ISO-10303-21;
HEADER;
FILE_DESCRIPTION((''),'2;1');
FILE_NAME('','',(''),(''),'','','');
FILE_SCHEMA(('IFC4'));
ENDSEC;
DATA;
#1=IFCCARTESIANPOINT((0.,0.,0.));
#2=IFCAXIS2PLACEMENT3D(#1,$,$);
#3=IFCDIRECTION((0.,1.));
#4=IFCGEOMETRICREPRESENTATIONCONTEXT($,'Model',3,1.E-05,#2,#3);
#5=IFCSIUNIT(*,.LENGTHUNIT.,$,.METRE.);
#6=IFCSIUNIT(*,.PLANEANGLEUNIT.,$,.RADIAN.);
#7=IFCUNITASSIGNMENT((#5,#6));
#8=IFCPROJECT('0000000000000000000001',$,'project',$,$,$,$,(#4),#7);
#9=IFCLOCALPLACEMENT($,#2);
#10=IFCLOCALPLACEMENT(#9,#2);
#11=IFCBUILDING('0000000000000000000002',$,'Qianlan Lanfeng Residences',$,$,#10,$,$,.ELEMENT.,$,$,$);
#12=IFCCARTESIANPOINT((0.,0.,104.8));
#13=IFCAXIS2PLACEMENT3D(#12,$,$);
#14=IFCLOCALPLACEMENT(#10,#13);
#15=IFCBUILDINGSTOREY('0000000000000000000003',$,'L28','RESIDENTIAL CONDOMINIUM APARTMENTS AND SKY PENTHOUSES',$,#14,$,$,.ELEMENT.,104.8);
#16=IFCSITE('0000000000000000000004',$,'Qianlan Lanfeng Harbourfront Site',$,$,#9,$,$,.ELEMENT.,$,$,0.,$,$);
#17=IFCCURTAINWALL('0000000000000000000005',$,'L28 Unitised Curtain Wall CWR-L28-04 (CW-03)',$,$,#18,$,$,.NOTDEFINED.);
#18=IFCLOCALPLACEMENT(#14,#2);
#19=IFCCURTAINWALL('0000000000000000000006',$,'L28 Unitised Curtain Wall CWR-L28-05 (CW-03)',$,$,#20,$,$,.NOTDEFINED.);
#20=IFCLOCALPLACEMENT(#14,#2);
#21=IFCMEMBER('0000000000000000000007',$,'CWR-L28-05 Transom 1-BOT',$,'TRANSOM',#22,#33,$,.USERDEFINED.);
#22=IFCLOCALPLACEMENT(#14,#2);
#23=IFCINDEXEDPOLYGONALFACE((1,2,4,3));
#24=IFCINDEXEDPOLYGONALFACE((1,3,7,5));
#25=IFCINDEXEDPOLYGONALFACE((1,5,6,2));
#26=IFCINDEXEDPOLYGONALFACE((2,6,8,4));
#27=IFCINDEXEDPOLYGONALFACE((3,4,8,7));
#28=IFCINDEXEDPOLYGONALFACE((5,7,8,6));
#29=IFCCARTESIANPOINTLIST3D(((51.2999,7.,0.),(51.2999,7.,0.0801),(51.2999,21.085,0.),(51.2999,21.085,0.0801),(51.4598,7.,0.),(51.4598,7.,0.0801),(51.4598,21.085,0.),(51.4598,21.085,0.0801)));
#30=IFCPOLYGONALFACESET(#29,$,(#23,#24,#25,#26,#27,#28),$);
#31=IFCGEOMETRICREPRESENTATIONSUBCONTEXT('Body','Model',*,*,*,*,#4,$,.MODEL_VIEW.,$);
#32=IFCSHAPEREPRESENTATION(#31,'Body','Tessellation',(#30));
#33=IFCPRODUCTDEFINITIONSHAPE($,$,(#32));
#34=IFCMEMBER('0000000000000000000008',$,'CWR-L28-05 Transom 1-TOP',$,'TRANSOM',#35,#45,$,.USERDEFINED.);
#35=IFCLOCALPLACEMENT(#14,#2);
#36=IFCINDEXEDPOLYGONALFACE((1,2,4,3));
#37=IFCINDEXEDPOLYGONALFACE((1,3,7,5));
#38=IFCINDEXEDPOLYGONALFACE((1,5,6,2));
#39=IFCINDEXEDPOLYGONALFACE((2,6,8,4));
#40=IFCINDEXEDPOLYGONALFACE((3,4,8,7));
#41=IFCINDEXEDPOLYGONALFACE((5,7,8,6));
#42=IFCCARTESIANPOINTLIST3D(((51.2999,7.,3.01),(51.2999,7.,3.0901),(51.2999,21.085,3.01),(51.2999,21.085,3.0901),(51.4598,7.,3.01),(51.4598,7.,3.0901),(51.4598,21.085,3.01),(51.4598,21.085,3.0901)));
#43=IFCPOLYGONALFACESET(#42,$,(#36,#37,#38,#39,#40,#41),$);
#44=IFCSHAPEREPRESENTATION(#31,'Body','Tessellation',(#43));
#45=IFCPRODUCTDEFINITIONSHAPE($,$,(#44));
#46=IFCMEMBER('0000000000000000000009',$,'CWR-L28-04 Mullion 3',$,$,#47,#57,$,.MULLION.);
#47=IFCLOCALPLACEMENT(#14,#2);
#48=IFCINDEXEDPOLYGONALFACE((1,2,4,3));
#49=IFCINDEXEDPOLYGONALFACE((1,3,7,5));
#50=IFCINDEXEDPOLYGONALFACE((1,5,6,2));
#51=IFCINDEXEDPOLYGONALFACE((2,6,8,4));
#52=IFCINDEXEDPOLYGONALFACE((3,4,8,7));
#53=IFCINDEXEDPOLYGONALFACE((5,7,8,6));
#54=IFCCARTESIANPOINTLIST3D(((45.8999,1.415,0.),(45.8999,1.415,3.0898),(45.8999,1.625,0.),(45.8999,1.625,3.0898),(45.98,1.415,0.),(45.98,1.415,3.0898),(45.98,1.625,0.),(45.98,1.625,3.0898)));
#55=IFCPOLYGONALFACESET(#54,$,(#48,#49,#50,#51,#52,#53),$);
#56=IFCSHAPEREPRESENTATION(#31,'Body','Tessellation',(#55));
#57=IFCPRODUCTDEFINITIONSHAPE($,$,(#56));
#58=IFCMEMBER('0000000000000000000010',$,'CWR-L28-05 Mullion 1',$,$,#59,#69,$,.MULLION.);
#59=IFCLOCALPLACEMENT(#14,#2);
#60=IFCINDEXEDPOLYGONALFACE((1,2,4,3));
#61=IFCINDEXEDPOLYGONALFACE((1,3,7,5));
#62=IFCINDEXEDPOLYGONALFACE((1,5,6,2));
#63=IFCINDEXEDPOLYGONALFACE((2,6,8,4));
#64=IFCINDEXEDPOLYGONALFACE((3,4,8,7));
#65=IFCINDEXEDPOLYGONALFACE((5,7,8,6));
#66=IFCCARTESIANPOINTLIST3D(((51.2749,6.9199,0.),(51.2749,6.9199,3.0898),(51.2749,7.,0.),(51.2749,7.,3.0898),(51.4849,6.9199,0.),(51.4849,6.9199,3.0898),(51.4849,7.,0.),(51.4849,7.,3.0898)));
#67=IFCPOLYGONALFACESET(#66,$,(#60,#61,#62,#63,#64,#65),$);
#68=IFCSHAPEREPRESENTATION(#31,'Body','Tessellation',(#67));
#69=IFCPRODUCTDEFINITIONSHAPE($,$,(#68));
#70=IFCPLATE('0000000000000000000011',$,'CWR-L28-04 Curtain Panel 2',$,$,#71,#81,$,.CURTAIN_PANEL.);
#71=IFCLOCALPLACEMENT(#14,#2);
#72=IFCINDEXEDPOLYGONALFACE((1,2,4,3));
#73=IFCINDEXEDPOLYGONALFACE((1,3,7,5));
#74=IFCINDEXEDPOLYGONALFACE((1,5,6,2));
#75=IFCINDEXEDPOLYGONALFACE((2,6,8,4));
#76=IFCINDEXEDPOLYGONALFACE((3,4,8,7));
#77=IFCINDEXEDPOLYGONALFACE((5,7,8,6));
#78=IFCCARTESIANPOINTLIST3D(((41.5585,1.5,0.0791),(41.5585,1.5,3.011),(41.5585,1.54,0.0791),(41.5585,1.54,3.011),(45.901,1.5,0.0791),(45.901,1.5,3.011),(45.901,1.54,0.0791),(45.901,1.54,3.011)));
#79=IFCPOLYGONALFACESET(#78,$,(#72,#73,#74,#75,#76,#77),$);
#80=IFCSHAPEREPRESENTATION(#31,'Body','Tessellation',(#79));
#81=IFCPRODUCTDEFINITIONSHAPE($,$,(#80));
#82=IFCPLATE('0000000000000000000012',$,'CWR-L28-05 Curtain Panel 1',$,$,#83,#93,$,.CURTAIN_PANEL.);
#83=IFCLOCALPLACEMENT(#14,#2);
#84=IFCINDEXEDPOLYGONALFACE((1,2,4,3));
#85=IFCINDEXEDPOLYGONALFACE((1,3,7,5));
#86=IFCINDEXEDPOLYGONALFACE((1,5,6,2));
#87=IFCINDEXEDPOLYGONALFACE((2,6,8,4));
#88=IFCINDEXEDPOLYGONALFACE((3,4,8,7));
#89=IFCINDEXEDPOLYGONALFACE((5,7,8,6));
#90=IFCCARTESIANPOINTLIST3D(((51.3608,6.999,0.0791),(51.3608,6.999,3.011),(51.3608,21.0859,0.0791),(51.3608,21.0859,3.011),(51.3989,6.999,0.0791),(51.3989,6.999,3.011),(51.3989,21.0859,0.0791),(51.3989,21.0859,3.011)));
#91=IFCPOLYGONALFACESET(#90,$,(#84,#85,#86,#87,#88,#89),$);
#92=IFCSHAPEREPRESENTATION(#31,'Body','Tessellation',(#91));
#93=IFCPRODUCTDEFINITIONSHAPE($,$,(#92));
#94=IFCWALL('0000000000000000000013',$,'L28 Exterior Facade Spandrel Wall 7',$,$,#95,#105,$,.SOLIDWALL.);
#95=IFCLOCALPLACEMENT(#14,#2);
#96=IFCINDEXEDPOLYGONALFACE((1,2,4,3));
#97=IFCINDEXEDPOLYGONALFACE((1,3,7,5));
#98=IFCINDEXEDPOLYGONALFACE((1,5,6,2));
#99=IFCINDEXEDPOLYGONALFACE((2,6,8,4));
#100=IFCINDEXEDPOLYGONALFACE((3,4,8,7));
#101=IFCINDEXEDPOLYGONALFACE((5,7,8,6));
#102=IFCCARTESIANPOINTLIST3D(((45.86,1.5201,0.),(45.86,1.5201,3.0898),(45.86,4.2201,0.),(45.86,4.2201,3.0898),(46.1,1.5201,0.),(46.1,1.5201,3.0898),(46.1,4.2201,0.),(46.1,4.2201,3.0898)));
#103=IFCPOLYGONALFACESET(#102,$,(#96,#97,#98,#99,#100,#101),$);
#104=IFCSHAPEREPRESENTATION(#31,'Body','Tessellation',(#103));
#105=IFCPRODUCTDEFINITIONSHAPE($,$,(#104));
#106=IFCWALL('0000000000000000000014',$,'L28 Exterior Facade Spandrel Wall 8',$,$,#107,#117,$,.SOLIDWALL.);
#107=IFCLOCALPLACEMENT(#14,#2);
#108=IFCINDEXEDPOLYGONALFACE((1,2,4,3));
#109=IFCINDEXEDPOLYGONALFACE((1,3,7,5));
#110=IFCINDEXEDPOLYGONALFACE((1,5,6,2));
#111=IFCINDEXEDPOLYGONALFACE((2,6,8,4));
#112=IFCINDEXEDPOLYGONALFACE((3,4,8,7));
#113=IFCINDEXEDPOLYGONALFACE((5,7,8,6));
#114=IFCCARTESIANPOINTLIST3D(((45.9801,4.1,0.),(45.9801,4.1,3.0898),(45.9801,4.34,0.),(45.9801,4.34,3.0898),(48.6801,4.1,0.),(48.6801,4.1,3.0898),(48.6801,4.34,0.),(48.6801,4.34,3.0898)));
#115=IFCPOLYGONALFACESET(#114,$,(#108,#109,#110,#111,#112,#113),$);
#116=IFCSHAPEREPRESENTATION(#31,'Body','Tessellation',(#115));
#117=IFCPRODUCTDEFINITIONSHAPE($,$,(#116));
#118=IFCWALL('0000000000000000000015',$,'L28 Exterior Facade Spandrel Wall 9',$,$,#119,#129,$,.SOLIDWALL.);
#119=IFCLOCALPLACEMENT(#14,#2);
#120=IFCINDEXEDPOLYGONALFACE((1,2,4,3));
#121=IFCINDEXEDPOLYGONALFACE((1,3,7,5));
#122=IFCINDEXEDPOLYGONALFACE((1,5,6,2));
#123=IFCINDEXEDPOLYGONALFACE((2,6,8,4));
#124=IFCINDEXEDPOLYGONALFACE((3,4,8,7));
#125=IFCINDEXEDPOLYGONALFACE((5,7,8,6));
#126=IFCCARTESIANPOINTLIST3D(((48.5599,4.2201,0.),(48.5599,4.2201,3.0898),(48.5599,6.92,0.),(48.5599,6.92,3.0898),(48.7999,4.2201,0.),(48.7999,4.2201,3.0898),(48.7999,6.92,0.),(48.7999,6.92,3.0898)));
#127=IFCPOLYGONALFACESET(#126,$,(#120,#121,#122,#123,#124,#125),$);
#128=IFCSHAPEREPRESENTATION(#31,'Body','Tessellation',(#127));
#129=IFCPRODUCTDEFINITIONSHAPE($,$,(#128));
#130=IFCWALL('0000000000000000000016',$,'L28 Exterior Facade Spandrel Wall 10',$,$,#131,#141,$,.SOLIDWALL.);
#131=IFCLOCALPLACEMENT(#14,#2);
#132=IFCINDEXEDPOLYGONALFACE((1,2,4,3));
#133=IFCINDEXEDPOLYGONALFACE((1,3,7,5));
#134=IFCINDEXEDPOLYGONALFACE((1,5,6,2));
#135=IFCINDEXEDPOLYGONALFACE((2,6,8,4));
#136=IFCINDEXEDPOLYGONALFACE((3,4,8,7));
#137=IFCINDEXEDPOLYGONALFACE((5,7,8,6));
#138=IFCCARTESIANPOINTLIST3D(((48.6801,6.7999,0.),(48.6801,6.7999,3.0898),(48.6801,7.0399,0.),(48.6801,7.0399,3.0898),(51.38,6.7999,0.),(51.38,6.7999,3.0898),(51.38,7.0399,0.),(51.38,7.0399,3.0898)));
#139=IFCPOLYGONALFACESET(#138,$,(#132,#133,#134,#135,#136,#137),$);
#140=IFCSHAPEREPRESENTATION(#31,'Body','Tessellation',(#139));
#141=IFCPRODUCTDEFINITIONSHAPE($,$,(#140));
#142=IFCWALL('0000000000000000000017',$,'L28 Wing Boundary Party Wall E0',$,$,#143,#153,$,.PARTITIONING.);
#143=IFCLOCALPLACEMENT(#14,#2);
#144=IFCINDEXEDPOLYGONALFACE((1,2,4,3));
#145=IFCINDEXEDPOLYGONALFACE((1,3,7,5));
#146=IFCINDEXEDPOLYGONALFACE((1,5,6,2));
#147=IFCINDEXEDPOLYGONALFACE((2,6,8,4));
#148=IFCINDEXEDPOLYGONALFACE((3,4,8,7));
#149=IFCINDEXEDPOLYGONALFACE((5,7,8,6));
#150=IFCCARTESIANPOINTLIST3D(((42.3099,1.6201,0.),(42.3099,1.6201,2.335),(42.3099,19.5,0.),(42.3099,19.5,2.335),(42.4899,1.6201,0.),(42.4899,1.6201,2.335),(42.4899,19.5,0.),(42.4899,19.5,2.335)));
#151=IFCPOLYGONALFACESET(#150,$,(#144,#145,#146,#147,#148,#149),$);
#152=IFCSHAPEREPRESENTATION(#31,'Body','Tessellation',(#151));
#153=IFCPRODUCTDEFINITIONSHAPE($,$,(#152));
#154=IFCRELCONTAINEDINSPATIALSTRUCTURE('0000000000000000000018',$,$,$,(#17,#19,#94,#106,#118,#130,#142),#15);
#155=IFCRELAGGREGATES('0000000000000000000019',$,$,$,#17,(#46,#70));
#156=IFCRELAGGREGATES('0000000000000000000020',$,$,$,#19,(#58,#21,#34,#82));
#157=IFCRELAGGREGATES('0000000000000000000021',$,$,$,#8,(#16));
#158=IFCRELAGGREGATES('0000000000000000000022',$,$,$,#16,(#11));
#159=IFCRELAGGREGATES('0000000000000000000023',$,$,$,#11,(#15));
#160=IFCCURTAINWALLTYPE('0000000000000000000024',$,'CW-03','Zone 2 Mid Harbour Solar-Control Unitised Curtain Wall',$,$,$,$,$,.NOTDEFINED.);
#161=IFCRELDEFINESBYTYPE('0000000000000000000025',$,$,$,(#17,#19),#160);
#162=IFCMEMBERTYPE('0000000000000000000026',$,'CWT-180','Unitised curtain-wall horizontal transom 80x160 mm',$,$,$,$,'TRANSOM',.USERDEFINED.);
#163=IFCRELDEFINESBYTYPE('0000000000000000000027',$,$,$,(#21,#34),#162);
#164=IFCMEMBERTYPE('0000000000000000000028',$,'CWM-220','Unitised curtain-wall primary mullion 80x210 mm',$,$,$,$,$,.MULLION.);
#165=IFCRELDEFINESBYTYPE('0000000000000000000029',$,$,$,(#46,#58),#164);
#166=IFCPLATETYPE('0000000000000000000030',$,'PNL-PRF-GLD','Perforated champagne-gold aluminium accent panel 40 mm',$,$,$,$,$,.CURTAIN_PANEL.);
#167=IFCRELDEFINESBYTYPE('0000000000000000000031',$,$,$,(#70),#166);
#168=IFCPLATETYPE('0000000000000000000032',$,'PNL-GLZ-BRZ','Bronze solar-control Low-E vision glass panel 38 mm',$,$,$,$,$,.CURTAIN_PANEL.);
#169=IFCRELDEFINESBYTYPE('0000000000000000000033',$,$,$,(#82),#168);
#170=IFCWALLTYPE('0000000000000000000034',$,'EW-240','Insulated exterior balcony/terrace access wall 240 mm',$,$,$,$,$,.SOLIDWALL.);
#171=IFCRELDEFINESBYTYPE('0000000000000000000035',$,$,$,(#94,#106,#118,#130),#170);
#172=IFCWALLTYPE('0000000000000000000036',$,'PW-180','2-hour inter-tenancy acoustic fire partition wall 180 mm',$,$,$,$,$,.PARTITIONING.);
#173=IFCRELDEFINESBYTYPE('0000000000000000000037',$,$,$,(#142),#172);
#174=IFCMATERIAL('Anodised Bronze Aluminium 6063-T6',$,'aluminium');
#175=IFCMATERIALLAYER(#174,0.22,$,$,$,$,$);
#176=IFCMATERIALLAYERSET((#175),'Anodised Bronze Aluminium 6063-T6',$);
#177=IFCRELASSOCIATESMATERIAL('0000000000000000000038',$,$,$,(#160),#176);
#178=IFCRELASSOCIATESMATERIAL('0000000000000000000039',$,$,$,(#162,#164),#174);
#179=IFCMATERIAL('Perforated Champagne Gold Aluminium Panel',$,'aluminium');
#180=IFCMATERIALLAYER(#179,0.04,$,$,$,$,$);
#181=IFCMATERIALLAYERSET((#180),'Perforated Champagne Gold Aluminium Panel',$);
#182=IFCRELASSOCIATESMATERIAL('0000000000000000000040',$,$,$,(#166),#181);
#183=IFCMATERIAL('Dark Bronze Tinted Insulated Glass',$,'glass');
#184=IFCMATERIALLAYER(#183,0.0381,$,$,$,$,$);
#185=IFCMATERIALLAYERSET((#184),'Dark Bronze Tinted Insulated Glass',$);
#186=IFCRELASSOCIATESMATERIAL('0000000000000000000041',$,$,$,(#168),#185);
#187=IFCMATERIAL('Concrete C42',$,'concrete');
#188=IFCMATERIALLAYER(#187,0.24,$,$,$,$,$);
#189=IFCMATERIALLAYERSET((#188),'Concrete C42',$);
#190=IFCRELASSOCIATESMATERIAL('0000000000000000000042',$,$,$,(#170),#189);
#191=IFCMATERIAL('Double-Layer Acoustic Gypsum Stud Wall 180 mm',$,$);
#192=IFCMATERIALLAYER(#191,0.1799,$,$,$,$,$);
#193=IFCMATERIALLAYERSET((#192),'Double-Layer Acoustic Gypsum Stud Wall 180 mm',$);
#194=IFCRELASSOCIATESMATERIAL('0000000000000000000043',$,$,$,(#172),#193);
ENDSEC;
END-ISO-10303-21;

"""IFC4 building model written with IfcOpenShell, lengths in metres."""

from ifc_helpers import new_model, si_unit, direction, frame, frame_2d, origin, origin_2d, place, context, subcontext, project, spatial, rectangle, extrude, source, transform, mapped, material, layer, layer_set, material_profile, profile_set, type_object, element, aggregate, save


model = new_model("IFC4")

# Units and contexts
model_context = context("Model", 3, precision=1e-05, world=origin(), true_north=direction((0.0, 1.0)))
body_context = subcontext(model_context, "Body", "Model", "MODEL_VIEW")
ifc_project = project(units=[si_unit("LENGTHUNIT", "METRE"), si_unit("PLANEANGLEUNIT", "RADIAN")], contexts=[model_context])

# Site, building, storey
site_placement = place(None, origin())
site = spatial("IfcSite", under=ifc_project, at=site_placement, Name="Qianlan Lanfeng Harbourfront Site", CompositionType="ELEMENT", RefElevation=0.0)
building_placement = place(site_placement, origin())
building = spatial("IfcBuilding", under=site, at=building_placement, Name="Qianlan Lanfeng Residences", CompositionType="ELEMENT")
storey_placement = place(building_placement, frame((0.0, 0.0, 104.8)))
storey = spatial("IfcBuildingStorey", under=building, at=storey_placement, Name="L28", Description="RESIDENTIAL CONDOMINIUM APARTMENTS AND SKY PENTHOUSES", CompositionType="ELEMENT", Elevation=104.8)

# Curtain wall
ifc_material_1 = material(Name="Anodised Bronze Aluminium 6063-T6", Category="aluminium")
ifc_layer_1 = layer(ifc_material_1, 0.22)
ifc_layer_set_1 = layer_set([ifc_layer_1], Name="Anodised Bronze Aluminium 6063-T6")
curtain_wall_type = type_object("IfcCurtainWallType", Name="CW-03", Description="Zone 2 Mid Harbour Solar-Control Unitised Curtain Wall", PredefinedType="NOTDEFINED", material=ifc_layer_set_1)
curtain_wall_1_placement = place(storey_placement, origin())
curtain_wall_1 = element("IfcCurtainWall", 1, at=curtain_wall_1_placement, inside=storey, type_object=curtain_wall_type, Name="L28 Unitised Curtain Wall CWR-L28-04 (CW-03)", PredefinedType="NOTDEFINED")
ifc_material_profile_1 = material_profile(ifc_material_1, rectangle(XDim=0.0801, YDim=0.1599, at=origin_2d()), Name="ALU TRANSOM 80x160")
ifc_profile_set_1 = profile_set([ifc_material_profile_1], Name="Anodised Bronze Aluminium 6063-T6")
member_type_1 = type_object("IfcMemberType", Name="CWT-180", Description="Unitised curtain-wall horizontal transom 80x160 mm", ElementType="TRANSOM", PredefinedType="USERDEFINED", material=ifc_profile_set_1)

# Curtain wall, members
curtain_wall_2_placement = place(storey_placement, origin())
curtain_wall_2 = element("IfcCurtainWall", 2, at=curtain_wall_2_placement, inside=storey, type_object=curtain_wall_type, Name="L28 Unitised Curtain Wall CWR-L28-05 (CW-03)", PredefinedType="NOTDEFINED")
shared_shape_1 = source(origin(), body_context, "Body", "SweptSolid", [
    extrude(rectangle(XDim=0.0801, YDim=0.1599, at=origin_2d()), origin(), (0.0, 0.0, 1.0), 14.085),
])
member_1_placement = place(storey_placement, frame((51.3799, 7.0, 0.04), z_axis=(0.0, 1.0, 0.0), x_axis=(0.0, 0.0, 1.0)))
member_1 = element("IfcMember", 3, at=member_1_placement, type_object=member_type_1, Name="CWR-L28-05 Transom 1-BOT", ObjectType="TRANSOM", PredefinedType="USERDEFINED", context=body_context, shape_type="MappedRepresentation", body=[
    mapped(shared_shape_1, transform((0.0, 0.0, 0.0), scale=1.0)),
])
member_2_placement = place(storey_placement, frame((51.3799, 7.0, 3.05), z_axis=(0.0, 1.0, 0.0), x_axis=(0.0, 0.0, 1.0)))
member_2 = element("IfcMember", 4, at=member_2_placement, type_object=member_type_1, Name="CWR-L28-05 Transom 1-TOP", ObjectType="TRANSOM", PredefinedType="USERDEFINED", context=body_context, shape_type="MappedRepresentation", body=[
    mapped(shared_shape_1, transform((0.0, 0.0, 0.0), scale=1.0)),
])

# Members
ifc_material_profile_2 = material_profile(ifc_material_1, rectangle(XDim=0.0801, YDim=0.21, at=origin_2d()), Name="ALU MULLION 80x210")
ifc_profile_set_2 = profile_set([ifc_material_profile_2], Name="Anodised Bronze Aluminium 6063-T6")
member_type_2 = type_object("IfcMemberType", Name="CWM-220", Description="Unitised curtain-wall primary mullion 80x210 mm", PredefinedType="MULLION", material=ifc_profile_set_2)
shared_shape_2 = source(origin(), body_context, "Body", "SweptSolid", [
    extrude(rectangle(XDim=0.0801, YDim=0.21, at=origin_2d()), origin(), (0.0, 0.0, 1.0), 3.0898),
])
member_3_placement = place(storey_placement, frame((45.9399, 1.52, 0.0), z_axis=(0.0, 0.0, 1.0), x_axis=(1.0, 0.0, 0.0)))
member_3 = element("IfcMember", 5, at=member_3_placement, type_object=member_type_2, Name="CWR-L28-04 Mullion 3", PredefinedType="MULLION", context=body_context, shape_type="MappedRepresentation", body=[
    mapped(shared_shape_2, transform((0.0, 0.0, 0.0), scale=1.0)),
])
member_4_placement = place(storey_placement, frame((51.3799, 6.96, 0.0), z_axis=(0.0, 0.0, 1.0), x_axis=(0.0, 1.0, 0.0)))
member_4 = element("IfcMember", 6, at=member_4_placement, type_object=member_type_2, Name="CWR-L28-05 Mullion 1", PredefinedType="MULLION", context=body_context, shape_type="MappedRepresentation", body=[
    mapped(shared_shape_2, transform((0.0, 0.0, 0.0), scale=1.0)),
])

# Plates
ifc_material_2 = material(Name="Perforated Champagne Gold Aluminium Panel", Category="aluminium")
ifc_layer_2 = layer(ifc_material_2, 0.04)
ifc_layer_set_2 = layer_set([ifc_layer_2], Name="Perforated Champagne Gold Aluminium Panel")
plate_type_1 = type_object("IfcPlateType", Name="PNL-PRF-GLD", Description="Perforated champagne-gold aluminium accent panel 40 mm", PredefinedType="CURTAIN_PANEL", material=ifc_layer_set_2)
shared_shape_3 = source(origin(), body_context, "Body", "SweptSolid", [
    extrude(rectangle(XDim=4.3425, YDim=0.04, at=origin_2d()), origin(), (0.0, 0.0, 1.0), 2.9319),
])
plate_1_placement = place(storey_placement, frame((43.7297, 1.52, 0.0791), z_axis=(0.0, 0.0, 1.0), x_axis=(1.0, 0.0, 0.0)))
plate_1 = element("IfcPlate", 7, at=plate_1_placement, type_object=plate_type_1, Name="CWR-L28-04 Curtain Panel 2", PredefinedType="CURTAIN_PANEL", context=body_context, shape_type="MappedRepresentation", body=[
    mapped(shared_shape_3, transform((0.0, 0.0, 0.0), scale=1.0)),
])
aggregate(curtain_wall_1, [member_3, plate_1])
ifc_material_3 = material(Name="Dark Bronze Tinted Insulated Glass", Category="glass")
ifc_layer_3 = layer(ifc_material_3, 0.0381)
ifc_layer_set_3 = layer_set([ifc_layer_3], Name="Dark Bronze Tinted Insulated Glass")
plate_type_2 = type_object("IfcPlateType", Name="PNL-GLZ-BRZ", Description="Bronze solar-control Low-E vision glass panel 38 mm", PredefinedType="CURTAIN_PANEL", material=ifc_layer_set_3)
shared_shape_4 = source(origin(), body_context, "Body", "SweptSolid", [
    extrude(rectangle(XDim=14.0869, YDim=0.0381, at=origin_2d()), origin(), (0.0, 0.0, 1.0), 2.9319),
])
plate_2_placement = place(storey_placement, frame((51.3799, 14.0425, 0.0791), z_axis=(0.0, 0.0, 1.0), x_axis=(0.0, 1.0, 0.0)))
plate_2 = element("IfcPlate", 8, at=plate_2_placement, type_object=plate_type_2, Name="CWR-L28-05 Curtain Panel 1", PredefinedType="CURTAIN_PANEL", context=body_context, shape_type="MappedRepresentation", body=[
    mapped(shared_shape_4, transform((0.0, 0.0, 0.0), scale=1.0)),
])
aggregate(curtain_wall_2, [member_4, member_1, member_2, plate_2])

# Walls
ifc_material_4 = material(Name="Concrete C42", Category="concrete")
ifc_layer_4 = layer(ifc_material_4, 0.24)
ifc_layer_set_4 = layer_set([ifc_layer_4], Name="Concrete C42")
wall_type_1 = type_object("IfcWallType", Name="EW-240", Description="Insulated exterior balcony/terrace access wall 240 mm", PredefinedType="SOLIDWALL", material=ifc_layer_set_4)
for number, where, z_axis, x_axis, name in (
    (9, (45.98, 1.52, 0.0), (0.0, 0.0, 1.0), (0.0, 1.0, 0.0), "L28 Exterior Facade Spandrel Wall 7"),
    (10, (45.98, 4.22, 0.0), (0.0, 0.0, 1.0), (1.0, 0.0, 0.0), "L28 Exterior Facade Spandrel Wall 8"),
    (11, (48.6799, 4.22, 0.0), (0.0, 0.0, 1.0), (0.0, 1.0, 0.0), "L28 Exterior Facade Spandrel Wall 9"),
    (12, (48.6799, 6.9199, 0.0), (0.0, 0.0, 1.0), (1.0, 0.0, 0.0), "L28 Exterior Facade Spandrel Wall 10"),
):
    element("IfcWall", number, at=place(storey_placement, frame(where, z_axis=z_axis, x_axis=x_axis)), inside=storey, type_object=wall_type_1, Name=name, PredefinedType="SOLIDWALL", context=body_context, shape_type="SweptSolid", body=[
        extrude(rectangle(XDim=2.7, YDim=0.24, at=frame_2d((1.3501, 0.0))), origin(), (0.0, 0.0, 1.0), 3.0898),
    ])
ifc_material_5 = material(Name="Double-Layer Acoustic Gypsum Stud Wall 180 mm")
ifc_layer_5 = layer(ifc_material_5, 0.1799)
ifc_layer_set_5 = layer_set([ifc_layer_5], Name="Double-Layer Acoustic Gypsum Stud Wall 180 mm")
wall_type_2 = type_object("IfcWallType", Name="PW-180", Description="2-hour inter-tenancy acoustic fire partition wall 180 mm", PredefinedType="PARTITIONING", material=ifc_layer_set_5)
wall_placement = place(storey_placement, frame((42.3999, 1.6201, 0.0), z_axis=(0.0, 0.0, 1.0), x_axis=(0.0, 1.0, 0.0)))
element("IfcWall", 13, at=wall_placement, inside=storey, type_object=wall_type_2, Name="L28 Wing Boundary Party Wall E0", PredefinedType="PARTITIONING", context=body_context, shape_type="SweptSolid", body=[
    extrude(rectangle(XDim=17.8799, YDim=0.1799, at=frame_2d((8.9399, 0.0))), origin(), (0.0, 0.0, 1.0), 2.335),
])

save(model, "model.ifc")
